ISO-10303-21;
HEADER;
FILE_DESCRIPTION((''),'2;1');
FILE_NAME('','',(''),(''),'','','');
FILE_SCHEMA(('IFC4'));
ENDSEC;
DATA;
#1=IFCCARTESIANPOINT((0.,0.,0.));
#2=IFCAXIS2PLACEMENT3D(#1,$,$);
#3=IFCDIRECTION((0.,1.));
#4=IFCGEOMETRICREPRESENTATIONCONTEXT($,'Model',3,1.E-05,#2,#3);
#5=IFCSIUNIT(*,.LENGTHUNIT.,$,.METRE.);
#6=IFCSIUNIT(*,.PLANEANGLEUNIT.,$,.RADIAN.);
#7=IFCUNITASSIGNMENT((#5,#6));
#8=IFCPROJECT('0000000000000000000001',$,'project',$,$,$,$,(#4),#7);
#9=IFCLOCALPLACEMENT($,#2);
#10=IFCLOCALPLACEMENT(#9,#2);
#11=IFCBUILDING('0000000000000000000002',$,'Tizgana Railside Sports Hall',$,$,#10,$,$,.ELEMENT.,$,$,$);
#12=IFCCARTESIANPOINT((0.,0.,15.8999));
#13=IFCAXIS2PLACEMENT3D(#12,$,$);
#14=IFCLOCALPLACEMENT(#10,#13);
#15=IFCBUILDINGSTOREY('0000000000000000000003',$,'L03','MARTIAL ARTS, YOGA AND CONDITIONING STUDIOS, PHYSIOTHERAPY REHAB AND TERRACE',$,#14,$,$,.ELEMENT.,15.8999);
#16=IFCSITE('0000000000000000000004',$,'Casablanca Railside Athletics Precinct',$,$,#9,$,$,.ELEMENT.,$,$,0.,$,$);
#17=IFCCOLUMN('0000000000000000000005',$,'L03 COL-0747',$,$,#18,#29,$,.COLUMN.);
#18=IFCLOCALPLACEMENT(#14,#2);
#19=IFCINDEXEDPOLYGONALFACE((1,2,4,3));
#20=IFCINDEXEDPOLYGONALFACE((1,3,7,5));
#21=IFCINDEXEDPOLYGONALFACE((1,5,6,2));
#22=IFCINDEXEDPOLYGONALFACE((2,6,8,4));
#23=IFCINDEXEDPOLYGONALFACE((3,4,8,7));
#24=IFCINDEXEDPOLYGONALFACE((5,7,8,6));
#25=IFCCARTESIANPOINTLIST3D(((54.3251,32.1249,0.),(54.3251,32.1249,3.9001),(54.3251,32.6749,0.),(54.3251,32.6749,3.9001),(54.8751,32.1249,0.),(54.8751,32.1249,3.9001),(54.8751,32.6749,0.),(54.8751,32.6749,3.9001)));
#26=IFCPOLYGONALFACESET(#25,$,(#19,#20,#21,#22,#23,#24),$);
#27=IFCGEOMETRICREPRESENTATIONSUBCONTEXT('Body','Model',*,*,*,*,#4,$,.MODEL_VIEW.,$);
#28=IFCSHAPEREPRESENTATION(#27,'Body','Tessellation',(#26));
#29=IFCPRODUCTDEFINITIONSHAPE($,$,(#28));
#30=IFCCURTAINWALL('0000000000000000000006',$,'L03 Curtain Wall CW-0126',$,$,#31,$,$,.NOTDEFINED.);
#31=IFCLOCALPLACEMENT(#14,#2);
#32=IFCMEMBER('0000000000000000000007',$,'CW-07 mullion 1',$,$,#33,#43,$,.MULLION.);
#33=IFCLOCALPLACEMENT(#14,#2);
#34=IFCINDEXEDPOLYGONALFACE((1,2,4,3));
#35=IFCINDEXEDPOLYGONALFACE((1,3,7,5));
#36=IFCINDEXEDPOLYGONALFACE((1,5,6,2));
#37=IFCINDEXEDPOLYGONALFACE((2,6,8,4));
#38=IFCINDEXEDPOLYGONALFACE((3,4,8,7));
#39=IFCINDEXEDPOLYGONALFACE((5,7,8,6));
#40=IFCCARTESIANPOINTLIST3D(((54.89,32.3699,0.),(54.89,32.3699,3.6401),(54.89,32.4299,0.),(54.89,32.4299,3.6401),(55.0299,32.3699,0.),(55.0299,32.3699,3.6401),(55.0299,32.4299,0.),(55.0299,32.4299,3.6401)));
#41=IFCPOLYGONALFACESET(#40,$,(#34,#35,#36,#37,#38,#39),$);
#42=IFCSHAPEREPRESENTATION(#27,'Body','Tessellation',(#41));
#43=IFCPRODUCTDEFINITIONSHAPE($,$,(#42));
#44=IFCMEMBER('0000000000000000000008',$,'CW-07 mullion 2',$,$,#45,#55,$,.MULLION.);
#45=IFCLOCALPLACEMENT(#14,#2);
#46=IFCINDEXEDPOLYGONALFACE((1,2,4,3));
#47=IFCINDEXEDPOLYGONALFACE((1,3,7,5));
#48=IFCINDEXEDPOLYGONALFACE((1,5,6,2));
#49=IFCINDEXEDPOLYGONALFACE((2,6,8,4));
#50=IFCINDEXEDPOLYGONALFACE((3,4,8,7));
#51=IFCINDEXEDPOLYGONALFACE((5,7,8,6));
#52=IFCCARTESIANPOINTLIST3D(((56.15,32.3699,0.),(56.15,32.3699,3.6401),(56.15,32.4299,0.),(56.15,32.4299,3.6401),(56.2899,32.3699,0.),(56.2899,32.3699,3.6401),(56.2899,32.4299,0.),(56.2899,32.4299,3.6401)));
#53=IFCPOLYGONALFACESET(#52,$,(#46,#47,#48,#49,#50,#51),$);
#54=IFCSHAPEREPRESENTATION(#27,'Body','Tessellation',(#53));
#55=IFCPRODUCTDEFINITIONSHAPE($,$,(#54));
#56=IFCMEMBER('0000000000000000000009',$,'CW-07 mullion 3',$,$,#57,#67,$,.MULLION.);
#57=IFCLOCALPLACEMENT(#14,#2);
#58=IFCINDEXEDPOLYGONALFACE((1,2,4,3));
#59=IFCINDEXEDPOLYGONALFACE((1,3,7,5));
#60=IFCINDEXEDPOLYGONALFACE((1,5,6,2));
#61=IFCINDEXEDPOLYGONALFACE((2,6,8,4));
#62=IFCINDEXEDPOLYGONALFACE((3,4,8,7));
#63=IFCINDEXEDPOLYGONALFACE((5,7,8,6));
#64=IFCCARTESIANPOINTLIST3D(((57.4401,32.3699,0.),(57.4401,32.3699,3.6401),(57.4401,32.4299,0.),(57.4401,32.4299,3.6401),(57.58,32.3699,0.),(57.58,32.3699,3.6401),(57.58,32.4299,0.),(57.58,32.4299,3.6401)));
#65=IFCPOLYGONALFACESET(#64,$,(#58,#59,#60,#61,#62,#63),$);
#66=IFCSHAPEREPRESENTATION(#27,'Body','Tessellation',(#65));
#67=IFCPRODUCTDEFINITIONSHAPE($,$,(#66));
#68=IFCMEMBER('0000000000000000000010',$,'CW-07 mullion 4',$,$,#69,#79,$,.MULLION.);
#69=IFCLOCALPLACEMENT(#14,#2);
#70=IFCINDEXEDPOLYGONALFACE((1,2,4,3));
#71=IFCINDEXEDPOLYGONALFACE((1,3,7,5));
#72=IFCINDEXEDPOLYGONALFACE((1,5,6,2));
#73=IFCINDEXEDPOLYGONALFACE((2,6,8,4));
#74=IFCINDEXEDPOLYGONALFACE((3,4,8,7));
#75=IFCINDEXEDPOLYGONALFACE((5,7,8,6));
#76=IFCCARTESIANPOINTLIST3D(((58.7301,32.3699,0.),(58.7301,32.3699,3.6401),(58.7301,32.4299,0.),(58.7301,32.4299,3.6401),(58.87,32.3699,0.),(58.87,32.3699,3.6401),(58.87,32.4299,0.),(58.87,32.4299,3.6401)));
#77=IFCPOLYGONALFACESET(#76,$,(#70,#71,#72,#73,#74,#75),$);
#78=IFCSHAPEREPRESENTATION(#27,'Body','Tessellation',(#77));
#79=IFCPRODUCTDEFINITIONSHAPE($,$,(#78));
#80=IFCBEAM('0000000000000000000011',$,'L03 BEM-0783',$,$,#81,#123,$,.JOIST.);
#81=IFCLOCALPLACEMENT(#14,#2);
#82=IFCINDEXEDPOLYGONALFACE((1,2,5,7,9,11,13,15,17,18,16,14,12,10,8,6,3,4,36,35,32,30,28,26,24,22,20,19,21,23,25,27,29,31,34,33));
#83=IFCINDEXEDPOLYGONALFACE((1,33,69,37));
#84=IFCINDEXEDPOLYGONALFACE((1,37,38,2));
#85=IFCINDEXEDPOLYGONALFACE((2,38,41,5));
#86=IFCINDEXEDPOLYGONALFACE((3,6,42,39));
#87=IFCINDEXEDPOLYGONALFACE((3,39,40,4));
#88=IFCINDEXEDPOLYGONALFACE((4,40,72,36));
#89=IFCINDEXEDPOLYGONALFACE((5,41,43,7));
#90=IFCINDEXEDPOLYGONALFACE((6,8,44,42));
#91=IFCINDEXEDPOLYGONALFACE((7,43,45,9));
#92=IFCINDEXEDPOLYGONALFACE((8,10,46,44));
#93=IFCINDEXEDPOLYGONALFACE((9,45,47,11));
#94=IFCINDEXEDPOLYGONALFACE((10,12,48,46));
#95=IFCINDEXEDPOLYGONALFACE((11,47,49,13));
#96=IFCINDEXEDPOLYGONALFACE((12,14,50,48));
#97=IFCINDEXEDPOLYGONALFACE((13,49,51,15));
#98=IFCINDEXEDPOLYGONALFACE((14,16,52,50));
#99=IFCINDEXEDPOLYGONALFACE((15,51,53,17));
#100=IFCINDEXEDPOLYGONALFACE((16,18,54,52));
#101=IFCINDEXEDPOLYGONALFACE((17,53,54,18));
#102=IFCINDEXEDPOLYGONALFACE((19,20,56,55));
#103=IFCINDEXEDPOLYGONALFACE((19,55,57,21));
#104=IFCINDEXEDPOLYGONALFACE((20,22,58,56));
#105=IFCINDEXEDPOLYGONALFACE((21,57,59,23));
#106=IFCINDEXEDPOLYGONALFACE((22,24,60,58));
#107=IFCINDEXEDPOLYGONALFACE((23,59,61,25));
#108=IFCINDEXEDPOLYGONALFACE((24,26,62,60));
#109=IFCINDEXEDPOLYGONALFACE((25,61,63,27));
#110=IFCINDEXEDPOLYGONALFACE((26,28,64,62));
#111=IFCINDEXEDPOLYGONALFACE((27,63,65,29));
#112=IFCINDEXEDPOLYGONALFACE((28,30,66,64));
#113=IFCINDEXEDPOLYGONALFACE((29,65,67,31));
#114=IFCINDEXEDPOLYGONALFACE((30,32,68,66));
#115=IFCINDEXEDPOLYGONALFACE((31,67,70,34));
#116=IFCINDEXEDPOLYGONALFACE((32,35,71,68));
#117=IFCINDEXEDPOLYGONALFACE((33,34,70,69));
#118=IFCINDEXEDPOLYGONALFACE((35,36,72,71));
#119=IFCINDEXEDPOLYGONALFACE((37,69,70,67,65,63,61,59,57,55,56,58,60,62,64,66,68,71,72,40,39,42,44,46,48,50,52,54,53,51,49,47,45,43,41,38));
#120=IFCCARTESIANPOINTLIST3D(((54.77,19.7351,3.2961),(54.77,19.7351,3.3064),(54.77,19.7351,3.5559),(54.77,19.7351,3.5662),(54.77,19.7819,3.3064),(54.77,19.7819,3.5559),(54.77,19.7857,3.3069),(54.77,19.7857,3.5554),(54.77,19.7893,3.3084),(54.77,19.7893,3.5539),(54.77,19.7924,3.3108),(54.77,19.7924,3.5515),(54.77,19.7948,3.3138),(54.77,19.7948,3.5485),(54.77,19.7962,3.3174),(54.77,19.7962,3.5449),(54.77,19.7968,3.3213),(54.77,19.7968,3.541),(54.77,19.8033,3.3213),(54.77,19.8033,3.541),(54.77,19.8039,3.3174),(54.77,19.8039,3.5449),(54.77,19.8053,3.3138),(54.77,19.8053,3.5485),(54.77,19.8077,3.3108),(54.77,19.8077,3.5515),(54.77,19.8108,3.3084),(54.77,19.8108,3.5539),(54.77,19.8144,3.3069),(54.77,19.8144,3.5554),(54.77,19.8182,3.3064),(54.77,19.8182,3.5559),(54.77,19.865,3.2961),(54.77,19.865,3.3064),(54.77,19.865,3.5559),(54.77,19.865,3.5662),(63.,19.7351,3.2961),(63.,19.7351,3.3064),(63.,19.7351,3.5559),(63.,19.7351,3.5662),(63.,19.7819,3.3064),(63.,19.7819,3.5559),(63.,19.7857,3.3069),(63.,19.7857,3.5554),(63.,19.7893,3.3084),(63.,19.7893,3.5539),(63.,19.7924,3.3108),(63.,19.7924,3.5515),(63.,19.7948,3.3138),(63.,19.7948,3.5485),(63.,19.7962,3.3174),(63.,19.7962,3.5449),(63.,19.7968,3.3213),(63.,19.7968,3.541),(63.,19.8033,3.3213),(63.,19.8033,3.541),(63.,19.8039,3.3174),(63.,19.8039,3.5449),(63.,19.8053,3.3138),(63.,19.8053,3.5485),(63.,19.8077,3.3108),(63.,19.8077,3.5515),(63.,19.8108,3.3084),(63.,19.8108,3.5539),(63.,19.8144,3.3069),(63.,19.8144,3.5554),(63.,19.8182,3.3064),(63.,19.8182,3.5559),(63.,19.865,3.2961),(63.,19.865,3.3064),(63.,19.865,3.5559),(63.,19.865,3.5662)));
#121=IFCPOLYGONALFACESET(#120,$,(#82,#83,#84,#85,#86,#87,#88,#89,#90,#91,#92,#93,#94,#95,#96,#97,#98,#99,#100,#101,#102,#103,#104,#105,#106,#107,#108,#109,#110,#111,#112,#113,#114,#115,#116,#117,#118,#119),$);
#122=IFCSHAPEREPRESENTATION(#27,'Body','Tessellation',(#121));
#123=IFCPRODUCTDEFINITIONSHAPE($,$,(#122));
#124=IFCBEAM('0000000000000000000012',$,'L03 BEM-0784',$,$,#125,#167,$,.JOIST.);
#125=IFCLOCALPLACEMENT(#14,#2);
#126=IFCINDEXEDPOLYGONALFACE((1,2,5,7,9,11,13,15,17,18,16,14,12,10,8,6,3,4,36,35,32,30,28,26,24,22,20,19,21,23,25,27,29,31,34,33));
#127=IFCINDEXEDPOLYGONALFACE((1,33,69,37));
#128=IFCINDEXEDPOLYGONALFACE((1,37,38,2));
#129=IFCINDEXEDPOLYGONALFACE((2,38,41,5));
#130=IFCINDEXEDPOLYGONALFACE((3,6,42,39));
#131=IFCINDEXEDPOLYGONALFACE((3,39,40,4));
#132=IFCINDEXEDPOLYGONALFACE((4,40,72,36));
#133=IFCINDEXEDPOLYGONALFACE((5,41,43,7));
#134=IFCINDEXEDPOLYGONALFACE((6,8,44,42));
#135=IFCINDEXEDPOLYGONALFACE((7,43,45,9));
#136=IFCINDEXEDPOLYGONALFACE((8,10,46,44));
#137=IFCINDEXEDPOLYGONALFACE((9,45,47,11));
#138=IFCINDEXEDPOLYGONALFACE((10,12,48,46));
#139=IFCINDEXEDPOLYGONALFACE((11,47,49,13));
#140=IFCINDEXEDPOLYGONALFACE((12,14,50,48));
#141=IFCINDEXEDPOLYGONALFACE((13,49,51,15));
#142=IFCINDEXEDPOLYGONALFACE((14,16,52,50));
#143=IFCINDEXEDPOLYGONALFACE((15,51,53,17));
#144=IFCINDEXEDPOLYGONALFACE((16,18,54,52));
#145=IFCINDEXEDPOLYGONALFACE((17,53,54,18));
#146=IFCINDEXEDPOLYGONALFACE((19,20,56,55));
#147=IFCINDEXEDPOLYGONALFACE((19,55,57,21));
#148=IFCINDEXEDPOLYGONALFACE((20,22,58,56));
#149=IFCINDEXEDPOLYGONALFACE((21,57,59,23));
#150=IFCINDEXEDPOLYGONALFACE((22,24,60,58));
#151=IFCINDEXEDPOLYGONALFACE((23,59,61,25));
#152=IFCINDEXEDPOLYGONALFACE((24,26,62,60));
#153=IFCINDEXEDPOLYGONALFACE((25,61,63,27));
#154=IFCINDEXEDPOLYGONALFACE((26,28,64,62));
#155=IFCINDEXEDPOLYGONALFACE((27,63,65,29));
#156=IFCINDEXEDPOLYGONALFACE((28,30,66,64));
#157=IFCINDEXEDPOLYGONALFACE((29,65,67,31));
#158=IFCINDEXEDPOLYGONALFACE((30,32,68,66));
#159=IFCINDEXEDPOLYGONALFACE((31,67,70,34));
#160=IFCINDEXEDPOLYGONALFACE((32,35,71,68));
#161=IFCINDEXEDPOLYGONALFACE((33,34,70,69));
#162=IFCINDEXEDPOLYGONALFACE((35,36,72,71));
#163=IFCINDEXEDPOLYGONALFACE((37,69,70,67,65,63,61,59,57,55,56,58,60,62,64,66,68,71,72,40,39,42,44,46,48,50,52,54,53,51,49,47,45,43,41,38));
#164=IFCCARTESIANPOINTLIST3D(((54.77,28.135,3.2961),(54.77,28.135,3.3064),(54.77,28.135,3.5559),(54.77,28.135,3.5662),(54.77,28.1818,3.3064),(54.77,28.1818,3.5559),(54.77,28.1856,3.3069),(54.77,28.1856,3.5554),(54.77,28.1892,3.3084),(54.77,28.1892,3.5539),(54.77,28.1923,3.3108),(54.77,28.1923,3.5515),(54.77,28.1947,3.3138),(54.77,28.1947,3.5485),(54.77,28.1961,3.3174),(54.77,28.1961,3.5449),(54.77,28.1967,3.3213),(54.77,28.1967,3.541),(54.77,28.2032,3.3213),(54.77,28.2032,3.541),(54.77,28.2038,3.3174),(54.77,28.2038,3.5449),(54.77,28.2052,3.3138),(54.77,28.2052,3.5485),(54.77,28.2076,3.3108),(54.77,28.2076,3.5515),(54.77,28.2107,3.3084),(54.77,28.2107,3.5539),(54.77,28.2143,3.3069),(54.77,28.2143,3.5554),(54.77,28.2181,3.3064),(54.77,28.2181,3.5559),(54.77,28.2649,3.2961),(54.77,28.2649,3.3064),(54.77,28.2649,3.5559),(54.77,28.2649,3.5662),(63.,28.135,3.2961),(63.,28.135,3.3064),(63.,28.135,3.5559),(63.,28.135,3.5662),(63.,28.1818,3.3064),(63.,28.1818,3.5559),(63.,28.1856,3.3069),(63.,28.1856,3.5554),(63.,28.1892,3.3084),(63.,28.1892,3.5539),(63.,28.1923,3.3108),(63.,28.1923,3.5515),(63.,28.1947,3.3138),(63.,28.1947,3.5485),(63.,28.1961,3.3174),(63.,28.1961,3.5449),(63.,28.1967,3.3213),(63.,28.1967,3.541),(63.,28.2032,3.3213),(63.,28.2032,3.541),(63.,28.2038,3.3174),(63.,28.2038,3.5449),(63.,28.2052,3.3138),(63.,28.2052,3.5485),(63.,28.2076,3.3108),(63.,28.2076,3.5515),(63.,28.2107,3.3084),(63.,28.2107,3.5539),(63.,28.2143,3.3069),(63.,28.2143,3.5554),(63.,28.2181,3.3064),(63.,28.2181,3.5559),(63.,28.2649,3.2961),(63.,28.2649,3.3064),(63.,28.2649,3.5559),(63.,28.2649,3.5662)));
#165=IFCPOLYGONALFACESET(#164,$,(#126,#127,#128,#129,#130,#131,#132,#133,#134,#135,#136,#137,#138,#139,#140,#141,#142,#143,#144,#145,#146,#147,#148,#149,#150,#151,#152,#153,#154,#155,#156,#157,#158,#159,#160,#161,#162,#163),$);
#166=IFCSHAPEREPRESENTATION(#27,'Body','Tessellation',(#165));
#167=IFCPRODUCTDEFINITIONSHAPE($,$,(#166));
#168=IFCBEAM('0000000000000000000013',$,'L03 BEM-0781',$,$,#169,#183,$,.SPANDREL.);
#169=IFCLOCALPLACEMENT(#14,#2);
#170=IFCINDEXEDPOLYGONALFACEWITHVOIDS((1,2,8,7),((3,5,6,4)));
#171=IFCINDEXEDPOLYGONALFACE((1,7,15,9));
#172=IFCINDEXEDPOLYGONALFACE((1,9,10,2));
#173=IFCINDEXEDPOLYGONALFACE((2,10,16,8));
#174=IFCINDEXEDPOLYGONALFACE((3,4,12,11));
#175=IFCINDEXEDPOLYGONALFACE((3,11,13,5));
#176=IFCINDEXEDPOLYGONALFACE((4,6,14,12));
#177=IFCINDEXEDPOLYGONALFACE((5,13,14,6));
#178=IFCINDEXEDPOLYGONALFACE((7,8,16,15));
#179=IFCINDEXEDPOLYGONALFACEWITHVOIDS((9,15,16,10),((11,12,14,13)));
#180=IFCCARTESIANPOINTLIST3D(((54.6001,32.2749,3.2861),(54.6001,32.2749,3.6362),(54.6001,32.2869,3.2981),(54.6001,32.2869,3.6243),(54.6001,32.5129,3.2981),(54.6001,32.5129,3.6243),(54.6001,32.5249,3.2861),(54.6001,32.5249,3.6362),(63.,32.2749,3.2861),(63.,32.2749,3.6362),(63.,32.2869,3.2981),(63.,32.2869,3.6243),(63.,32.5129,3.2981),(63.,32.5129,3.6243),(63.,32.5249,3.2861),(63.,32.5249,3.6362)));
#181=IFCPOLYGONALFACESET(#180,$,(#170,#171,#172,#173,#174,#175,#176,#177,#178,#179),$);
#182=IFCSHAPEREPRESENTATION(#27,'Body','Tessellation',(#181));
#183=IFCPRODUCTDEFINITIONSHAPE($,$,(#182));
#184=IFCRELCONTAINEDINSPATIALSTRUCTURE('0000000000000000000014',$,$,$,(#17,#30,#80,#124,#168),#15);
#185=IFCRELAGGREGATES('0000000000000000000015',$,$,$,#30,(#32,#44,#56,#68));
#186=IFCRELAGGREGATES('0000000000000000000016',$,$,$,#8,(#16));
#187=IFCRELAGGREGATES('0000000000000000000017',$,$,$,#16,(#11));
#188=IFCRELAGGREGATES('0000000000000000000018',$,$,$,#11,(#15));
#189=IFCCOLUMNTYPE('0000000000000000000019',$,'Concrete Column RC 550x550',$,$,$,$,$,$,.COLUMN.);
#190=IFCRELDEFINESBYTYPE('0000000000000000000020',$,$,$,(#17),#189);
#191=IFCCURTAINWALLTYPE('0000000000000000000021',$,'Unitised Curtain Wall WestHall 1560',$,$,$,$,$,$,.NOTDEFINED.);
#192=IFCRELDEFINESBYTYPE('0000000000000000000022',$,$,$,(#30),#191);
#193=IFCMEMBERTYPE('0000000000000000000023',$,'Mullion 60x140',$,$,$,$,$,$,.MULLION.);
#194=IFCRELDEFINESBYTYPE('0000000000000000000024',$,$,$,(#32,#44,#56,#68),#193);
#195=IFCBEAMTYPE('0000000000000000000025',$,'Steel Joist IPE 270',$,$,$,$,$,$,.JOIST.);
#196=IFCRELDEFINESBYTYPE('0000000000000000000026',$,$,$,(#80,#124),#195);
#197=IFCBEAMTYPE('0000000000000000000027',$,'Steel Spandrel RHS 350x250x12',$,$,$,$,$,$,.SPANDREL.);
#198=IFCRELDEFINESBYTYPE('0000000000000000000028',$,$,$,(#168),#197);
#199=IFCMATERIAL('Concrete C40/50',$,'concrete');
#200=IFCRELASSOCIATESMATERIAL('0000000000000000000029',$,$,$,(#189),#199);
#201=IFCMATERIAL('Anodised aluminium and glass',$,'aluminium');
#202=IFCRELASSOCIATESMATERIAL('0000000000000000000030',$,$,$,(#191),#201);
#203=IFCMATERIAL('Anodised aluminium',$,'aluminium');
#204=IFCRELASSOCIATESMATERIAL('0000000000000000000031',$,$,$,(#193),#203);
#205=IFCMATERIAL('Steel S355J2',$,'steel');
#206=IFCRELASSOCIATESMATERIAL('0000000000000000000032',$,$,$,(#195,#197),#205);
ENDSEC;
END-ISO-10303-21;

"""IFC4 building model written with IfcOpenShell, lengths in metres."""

from ifc_helpers import new_model, si_unit, direction, frame, origin, origin_2d, place, context, subcontext, project, spatial, rectangle, hollow_rectangle, i_section, extrude, material, material_profile, profile_set, type_object, element, aggregate, save


model = new_model("IFC4")

# Units and contexts
model_context = context("Model", 3, precision=1e-05, world=origin(), true_north=direction((0.0, 1.0)))
body_context = subcontext(model_context, "Body", "Model", "MODEL_VIEW")
ifc_project = project(units=[si_unit("LENGTHUNIT", "METRE"), si_unit("PLANEANGLEUNIT", "RADIAN")], contexts=[model_context])

# Site, building, storey
site_placement = place(None, origin())
site = spatial("IfcSite", under=ifc_project, at=site_placement, Name="Casablanca Railside Athletics Precinct", CompositionType="ELEMENT", RefElevation=0.0)
building_placement = place(site_placement, origin())
building = spatial("IfcBuilding", under=site, at=building_placement, Name="Tizgana Railside Sports Hall", CompositionType="ELEMENT")
storey_placement = place(building_placement, frame((0.0, 0.0, 15.8999)))
storey = spatial("IfcBuildingStorey", under=building, at=storey_placement, Name="L03", Description="MARTIAL ARTS, YOGA AND CONDITIONING STUDIOS, PHYSIOTHERAPY REHAB AND TERRACE", CompositionType="ELEMENT", Elevation=15.8999)

# Column
ifc_material_1 = material(Name="Concrete C40/50", Category="concrete")
ifc_material_profile_1 = material_profile(ifc_material_1, rectangle(XDim=0.55, YDim=0.55, at=origin_2d()), Name="RC 550x550")
ifc_profile_set_1 = profile_set([ifc_material_profile_1], Name="Concrete C40/50")
column_type = type_object("IfcColumnType", Name="Concrete Column RC 550x550", PredefinedType="COLUMN", material=ifc_profile_set_1)
column_placement = place(storey_placement, frame((54.6001, 32.3999, 0.0), z_axis=(0.0, 0.0, 1.0), x_axis=(1.0, 0.0, 0.0)))
element("IfcColumn", 1, at=column_placement, inside=storey, type_object=column_type, Name="L03 COL-0747", PredefinedType="COLUMN", context=body_context, shape_type="SweptSolid", body=[
    extrude(rectangle(XDim=0.55, YDim=0.55, at=origin_2d()), origin(), (0.0, 0.0, 1.0), 3.9001),
])

# Curtain wall, members
ifc_material_2 = material(Name="Anodised aluminium and glass", Category="aluminium")
curtain_wall_type = type_object("IfcCurtainWallType", Name="Unitised Curtain Wall WestHall 1560", PredefinedType="NOTDEFINED", material=ifc_material_2)
curtain_wall_placement = place(storey_placement, origin())
curtain_wall = element("IfcCurtainWall", 2, at=curtain_wall_placement, inside=storey, type_object=curtain_wall_type, Name="L03 Curtain Wall CW-0126", PredefinedType="NOTDEFINED")
ifc_material_3 = material(Name="Anodised aluminium", Category="aluminium")
ifc_material_profile_2 = material_profile(ifc_material_3, rectangle(XDim=0.0601, YDim=0.1399, at=origin_2d()), Name="Mullion 60x140")
ifc_profile_set_2 = profile_set([ifc_material_profile_2], Name="Anodised aluminium")
member_type_1 = type_object("IfcMemberType", Name="Mullion 60x140", PredefinedType="MULLION", material=ifc_profile_set_2)
member_1_placement = place(storey_placement, frame((54.96, 32.3999, 0.0), z_axis=(0.0, 0.0, 1.0), x_axis=(0.0, 1.0, 0.0)))
member_1 = element("IfcMember", 3, at=member_1_placement, type_object=member_type_1, Name="CW-07 mullion 1", PredefinedType="MULLION", context=body_context, shape_type="SweptSolid", body=[
    extrude(rectangle(XDim=0.0601, YDim=0.1399, at=origin_2d()), origin(), (0.0, 0.0, 1.0), 3.6401),
])
member_2_placement = place(storey_placement, frame((56.22, 32.3999, 0.0), z_axis=(0.0, 0.0, 1.0), x_axis=(0.0, 1.0, 0.0)))
member_2 = element("IfcMember", 4, at=member_2_placement, type_object=member_type_1, Name="CW-07 mullion 2", PredefinedType="MULLION", context=body_context, shape_type="SweptSolid", body=[
    extrude(rectangle(XDim=0.0601, YDim=0.1399, at=origin_2d()), origin(), (0.0, 0.0, 1.0), 3.6401),
])
member_3_placement = place(storey_placement, frame((57.51, 32.3999, 0.0), z_axis=(0.0, 0.0, 1.0), x_axis=(0.0, 1.0, 0.0)))
member_3 = element("IfcMember", 5, at=member_3_placement, type_object=member_type_1, Name="CW-07 mullion 3", PredefinedType="MULLION", context=body_context, shape_type="SweptSolid", body=[
    extrude(rectangle(XDim=0.0601, YDim=0.1399, at=origin_2d()), origin(), (0.0, 0.0, 1.0), 3.6401),
])
member_4_placement = place(storey_placement, frame((58.8, 32.3999, 0.0), z_axis=(0.0, 0.0, 1.0), x_axis=(0.0, 1.0, 0.0)))
member_4 = element("IfcMember", 6, at=member_4_placement, type_object=member_type_1, Name="CW-07 mullion 4", PredefinedType="MULLION", context=body_context, shape_type="SweptSolid", body=[
    extrude(rectangle(XDim=0.0601, YDim=0.1399, at=origin_2d()), origin(), (0.0, 0.0, 1.0), 3.6401),
])

# Beams
ifc_material_4 = material(Name="Steel S355J2", Category="steel")
ifc_material_profile_3 = material_profile(ifc_material_4, i_section(OverallWidth=0.1299, OverallDepth=0.27, WebThickness=0.0066, FlangeThickness=0.0103, FilletRadius=0.0149, at=origin_2d()), Name="IPE 270")
ifc_profile_set_3 = profile_set([ifc_material_profile_3], Name="Steel S355J2")
beam_type_1 = type_object("IfcBeamType", Name="Steel Joist IPE 270", PredefinedType="JOIST", material=ifc_profile_set_3)
for number, where, z_axis, x_axis, name in (
    (7, (54.77, 19.8, 3.4312), (1.0, 0.0, 0.0), (0.0, 1.0, 0.0), "L03 BEM-0783"),
    (8, (54.77, 28.2, 3.4312), (1.0, 0.0, 0.0), (0.0, 1.0, 0.0), "L03 BEM-0784"),
):
    element("IfcBeam", number, at=place(storey_placement, frame(where, z_axis=z_axis, x_axis=x_axis)), inside=storey, type_object=beam_type_1, Name=name, PredefinedType="JOIST", context=body_context, shape_type="SweptSolid", body=[
        extrude(i_section(OverallWidth=0.1299, OverallDepth=0.27, WebThickness=0.0066, FlangeThickness=0.0103, FilletRadius=0.0149, at=origin_2d()), origin(), (0.0, 0.0, 1.0), 8.23),
    ])
ifc_material_profile_4 = material_profile(ifc_material_4, hollow_rectangle(XDim=0.25, YDim=0.3501, WallThickness=0.012, at=origin_2d()), Name="RHS 350x250x12")
ifc_profile_set_4 = profile_set([ifc_material_profile_4], Name="Steel S355J2")
beam_type_2 = type_object("IfcBeamType", Name="Steel Spandrel RHS 350x250x12", PredefinedType="SPANDREL", material=ifc_profile_set_4)
beam_placement = place(storey_placement, frame((54.6001, 32.3999, 3.4612), z_axis=(1.0, 0.0, 0.0), x_axis=(0.0, 1.0, 0.0)))
element("IfcBeam", 9, at=beam_placement, inside=storey, type_object=beam_type_2, Name="L03 BEM-0781", PredefinedType="SPANDREL", context=body_context, shape_type="SweptSolid", body=[
    extrude(hollow_rectangle(XDim=0.25, YDim=0.3501, WallThickness=0.012, at=origin_2d()), origin(), (0.0, 0.0, 1.0), 8.3999),
])

aggregate(curtain_wall, [member_1, member_2, member_3, member_4])

save(model, "model.ifc")
